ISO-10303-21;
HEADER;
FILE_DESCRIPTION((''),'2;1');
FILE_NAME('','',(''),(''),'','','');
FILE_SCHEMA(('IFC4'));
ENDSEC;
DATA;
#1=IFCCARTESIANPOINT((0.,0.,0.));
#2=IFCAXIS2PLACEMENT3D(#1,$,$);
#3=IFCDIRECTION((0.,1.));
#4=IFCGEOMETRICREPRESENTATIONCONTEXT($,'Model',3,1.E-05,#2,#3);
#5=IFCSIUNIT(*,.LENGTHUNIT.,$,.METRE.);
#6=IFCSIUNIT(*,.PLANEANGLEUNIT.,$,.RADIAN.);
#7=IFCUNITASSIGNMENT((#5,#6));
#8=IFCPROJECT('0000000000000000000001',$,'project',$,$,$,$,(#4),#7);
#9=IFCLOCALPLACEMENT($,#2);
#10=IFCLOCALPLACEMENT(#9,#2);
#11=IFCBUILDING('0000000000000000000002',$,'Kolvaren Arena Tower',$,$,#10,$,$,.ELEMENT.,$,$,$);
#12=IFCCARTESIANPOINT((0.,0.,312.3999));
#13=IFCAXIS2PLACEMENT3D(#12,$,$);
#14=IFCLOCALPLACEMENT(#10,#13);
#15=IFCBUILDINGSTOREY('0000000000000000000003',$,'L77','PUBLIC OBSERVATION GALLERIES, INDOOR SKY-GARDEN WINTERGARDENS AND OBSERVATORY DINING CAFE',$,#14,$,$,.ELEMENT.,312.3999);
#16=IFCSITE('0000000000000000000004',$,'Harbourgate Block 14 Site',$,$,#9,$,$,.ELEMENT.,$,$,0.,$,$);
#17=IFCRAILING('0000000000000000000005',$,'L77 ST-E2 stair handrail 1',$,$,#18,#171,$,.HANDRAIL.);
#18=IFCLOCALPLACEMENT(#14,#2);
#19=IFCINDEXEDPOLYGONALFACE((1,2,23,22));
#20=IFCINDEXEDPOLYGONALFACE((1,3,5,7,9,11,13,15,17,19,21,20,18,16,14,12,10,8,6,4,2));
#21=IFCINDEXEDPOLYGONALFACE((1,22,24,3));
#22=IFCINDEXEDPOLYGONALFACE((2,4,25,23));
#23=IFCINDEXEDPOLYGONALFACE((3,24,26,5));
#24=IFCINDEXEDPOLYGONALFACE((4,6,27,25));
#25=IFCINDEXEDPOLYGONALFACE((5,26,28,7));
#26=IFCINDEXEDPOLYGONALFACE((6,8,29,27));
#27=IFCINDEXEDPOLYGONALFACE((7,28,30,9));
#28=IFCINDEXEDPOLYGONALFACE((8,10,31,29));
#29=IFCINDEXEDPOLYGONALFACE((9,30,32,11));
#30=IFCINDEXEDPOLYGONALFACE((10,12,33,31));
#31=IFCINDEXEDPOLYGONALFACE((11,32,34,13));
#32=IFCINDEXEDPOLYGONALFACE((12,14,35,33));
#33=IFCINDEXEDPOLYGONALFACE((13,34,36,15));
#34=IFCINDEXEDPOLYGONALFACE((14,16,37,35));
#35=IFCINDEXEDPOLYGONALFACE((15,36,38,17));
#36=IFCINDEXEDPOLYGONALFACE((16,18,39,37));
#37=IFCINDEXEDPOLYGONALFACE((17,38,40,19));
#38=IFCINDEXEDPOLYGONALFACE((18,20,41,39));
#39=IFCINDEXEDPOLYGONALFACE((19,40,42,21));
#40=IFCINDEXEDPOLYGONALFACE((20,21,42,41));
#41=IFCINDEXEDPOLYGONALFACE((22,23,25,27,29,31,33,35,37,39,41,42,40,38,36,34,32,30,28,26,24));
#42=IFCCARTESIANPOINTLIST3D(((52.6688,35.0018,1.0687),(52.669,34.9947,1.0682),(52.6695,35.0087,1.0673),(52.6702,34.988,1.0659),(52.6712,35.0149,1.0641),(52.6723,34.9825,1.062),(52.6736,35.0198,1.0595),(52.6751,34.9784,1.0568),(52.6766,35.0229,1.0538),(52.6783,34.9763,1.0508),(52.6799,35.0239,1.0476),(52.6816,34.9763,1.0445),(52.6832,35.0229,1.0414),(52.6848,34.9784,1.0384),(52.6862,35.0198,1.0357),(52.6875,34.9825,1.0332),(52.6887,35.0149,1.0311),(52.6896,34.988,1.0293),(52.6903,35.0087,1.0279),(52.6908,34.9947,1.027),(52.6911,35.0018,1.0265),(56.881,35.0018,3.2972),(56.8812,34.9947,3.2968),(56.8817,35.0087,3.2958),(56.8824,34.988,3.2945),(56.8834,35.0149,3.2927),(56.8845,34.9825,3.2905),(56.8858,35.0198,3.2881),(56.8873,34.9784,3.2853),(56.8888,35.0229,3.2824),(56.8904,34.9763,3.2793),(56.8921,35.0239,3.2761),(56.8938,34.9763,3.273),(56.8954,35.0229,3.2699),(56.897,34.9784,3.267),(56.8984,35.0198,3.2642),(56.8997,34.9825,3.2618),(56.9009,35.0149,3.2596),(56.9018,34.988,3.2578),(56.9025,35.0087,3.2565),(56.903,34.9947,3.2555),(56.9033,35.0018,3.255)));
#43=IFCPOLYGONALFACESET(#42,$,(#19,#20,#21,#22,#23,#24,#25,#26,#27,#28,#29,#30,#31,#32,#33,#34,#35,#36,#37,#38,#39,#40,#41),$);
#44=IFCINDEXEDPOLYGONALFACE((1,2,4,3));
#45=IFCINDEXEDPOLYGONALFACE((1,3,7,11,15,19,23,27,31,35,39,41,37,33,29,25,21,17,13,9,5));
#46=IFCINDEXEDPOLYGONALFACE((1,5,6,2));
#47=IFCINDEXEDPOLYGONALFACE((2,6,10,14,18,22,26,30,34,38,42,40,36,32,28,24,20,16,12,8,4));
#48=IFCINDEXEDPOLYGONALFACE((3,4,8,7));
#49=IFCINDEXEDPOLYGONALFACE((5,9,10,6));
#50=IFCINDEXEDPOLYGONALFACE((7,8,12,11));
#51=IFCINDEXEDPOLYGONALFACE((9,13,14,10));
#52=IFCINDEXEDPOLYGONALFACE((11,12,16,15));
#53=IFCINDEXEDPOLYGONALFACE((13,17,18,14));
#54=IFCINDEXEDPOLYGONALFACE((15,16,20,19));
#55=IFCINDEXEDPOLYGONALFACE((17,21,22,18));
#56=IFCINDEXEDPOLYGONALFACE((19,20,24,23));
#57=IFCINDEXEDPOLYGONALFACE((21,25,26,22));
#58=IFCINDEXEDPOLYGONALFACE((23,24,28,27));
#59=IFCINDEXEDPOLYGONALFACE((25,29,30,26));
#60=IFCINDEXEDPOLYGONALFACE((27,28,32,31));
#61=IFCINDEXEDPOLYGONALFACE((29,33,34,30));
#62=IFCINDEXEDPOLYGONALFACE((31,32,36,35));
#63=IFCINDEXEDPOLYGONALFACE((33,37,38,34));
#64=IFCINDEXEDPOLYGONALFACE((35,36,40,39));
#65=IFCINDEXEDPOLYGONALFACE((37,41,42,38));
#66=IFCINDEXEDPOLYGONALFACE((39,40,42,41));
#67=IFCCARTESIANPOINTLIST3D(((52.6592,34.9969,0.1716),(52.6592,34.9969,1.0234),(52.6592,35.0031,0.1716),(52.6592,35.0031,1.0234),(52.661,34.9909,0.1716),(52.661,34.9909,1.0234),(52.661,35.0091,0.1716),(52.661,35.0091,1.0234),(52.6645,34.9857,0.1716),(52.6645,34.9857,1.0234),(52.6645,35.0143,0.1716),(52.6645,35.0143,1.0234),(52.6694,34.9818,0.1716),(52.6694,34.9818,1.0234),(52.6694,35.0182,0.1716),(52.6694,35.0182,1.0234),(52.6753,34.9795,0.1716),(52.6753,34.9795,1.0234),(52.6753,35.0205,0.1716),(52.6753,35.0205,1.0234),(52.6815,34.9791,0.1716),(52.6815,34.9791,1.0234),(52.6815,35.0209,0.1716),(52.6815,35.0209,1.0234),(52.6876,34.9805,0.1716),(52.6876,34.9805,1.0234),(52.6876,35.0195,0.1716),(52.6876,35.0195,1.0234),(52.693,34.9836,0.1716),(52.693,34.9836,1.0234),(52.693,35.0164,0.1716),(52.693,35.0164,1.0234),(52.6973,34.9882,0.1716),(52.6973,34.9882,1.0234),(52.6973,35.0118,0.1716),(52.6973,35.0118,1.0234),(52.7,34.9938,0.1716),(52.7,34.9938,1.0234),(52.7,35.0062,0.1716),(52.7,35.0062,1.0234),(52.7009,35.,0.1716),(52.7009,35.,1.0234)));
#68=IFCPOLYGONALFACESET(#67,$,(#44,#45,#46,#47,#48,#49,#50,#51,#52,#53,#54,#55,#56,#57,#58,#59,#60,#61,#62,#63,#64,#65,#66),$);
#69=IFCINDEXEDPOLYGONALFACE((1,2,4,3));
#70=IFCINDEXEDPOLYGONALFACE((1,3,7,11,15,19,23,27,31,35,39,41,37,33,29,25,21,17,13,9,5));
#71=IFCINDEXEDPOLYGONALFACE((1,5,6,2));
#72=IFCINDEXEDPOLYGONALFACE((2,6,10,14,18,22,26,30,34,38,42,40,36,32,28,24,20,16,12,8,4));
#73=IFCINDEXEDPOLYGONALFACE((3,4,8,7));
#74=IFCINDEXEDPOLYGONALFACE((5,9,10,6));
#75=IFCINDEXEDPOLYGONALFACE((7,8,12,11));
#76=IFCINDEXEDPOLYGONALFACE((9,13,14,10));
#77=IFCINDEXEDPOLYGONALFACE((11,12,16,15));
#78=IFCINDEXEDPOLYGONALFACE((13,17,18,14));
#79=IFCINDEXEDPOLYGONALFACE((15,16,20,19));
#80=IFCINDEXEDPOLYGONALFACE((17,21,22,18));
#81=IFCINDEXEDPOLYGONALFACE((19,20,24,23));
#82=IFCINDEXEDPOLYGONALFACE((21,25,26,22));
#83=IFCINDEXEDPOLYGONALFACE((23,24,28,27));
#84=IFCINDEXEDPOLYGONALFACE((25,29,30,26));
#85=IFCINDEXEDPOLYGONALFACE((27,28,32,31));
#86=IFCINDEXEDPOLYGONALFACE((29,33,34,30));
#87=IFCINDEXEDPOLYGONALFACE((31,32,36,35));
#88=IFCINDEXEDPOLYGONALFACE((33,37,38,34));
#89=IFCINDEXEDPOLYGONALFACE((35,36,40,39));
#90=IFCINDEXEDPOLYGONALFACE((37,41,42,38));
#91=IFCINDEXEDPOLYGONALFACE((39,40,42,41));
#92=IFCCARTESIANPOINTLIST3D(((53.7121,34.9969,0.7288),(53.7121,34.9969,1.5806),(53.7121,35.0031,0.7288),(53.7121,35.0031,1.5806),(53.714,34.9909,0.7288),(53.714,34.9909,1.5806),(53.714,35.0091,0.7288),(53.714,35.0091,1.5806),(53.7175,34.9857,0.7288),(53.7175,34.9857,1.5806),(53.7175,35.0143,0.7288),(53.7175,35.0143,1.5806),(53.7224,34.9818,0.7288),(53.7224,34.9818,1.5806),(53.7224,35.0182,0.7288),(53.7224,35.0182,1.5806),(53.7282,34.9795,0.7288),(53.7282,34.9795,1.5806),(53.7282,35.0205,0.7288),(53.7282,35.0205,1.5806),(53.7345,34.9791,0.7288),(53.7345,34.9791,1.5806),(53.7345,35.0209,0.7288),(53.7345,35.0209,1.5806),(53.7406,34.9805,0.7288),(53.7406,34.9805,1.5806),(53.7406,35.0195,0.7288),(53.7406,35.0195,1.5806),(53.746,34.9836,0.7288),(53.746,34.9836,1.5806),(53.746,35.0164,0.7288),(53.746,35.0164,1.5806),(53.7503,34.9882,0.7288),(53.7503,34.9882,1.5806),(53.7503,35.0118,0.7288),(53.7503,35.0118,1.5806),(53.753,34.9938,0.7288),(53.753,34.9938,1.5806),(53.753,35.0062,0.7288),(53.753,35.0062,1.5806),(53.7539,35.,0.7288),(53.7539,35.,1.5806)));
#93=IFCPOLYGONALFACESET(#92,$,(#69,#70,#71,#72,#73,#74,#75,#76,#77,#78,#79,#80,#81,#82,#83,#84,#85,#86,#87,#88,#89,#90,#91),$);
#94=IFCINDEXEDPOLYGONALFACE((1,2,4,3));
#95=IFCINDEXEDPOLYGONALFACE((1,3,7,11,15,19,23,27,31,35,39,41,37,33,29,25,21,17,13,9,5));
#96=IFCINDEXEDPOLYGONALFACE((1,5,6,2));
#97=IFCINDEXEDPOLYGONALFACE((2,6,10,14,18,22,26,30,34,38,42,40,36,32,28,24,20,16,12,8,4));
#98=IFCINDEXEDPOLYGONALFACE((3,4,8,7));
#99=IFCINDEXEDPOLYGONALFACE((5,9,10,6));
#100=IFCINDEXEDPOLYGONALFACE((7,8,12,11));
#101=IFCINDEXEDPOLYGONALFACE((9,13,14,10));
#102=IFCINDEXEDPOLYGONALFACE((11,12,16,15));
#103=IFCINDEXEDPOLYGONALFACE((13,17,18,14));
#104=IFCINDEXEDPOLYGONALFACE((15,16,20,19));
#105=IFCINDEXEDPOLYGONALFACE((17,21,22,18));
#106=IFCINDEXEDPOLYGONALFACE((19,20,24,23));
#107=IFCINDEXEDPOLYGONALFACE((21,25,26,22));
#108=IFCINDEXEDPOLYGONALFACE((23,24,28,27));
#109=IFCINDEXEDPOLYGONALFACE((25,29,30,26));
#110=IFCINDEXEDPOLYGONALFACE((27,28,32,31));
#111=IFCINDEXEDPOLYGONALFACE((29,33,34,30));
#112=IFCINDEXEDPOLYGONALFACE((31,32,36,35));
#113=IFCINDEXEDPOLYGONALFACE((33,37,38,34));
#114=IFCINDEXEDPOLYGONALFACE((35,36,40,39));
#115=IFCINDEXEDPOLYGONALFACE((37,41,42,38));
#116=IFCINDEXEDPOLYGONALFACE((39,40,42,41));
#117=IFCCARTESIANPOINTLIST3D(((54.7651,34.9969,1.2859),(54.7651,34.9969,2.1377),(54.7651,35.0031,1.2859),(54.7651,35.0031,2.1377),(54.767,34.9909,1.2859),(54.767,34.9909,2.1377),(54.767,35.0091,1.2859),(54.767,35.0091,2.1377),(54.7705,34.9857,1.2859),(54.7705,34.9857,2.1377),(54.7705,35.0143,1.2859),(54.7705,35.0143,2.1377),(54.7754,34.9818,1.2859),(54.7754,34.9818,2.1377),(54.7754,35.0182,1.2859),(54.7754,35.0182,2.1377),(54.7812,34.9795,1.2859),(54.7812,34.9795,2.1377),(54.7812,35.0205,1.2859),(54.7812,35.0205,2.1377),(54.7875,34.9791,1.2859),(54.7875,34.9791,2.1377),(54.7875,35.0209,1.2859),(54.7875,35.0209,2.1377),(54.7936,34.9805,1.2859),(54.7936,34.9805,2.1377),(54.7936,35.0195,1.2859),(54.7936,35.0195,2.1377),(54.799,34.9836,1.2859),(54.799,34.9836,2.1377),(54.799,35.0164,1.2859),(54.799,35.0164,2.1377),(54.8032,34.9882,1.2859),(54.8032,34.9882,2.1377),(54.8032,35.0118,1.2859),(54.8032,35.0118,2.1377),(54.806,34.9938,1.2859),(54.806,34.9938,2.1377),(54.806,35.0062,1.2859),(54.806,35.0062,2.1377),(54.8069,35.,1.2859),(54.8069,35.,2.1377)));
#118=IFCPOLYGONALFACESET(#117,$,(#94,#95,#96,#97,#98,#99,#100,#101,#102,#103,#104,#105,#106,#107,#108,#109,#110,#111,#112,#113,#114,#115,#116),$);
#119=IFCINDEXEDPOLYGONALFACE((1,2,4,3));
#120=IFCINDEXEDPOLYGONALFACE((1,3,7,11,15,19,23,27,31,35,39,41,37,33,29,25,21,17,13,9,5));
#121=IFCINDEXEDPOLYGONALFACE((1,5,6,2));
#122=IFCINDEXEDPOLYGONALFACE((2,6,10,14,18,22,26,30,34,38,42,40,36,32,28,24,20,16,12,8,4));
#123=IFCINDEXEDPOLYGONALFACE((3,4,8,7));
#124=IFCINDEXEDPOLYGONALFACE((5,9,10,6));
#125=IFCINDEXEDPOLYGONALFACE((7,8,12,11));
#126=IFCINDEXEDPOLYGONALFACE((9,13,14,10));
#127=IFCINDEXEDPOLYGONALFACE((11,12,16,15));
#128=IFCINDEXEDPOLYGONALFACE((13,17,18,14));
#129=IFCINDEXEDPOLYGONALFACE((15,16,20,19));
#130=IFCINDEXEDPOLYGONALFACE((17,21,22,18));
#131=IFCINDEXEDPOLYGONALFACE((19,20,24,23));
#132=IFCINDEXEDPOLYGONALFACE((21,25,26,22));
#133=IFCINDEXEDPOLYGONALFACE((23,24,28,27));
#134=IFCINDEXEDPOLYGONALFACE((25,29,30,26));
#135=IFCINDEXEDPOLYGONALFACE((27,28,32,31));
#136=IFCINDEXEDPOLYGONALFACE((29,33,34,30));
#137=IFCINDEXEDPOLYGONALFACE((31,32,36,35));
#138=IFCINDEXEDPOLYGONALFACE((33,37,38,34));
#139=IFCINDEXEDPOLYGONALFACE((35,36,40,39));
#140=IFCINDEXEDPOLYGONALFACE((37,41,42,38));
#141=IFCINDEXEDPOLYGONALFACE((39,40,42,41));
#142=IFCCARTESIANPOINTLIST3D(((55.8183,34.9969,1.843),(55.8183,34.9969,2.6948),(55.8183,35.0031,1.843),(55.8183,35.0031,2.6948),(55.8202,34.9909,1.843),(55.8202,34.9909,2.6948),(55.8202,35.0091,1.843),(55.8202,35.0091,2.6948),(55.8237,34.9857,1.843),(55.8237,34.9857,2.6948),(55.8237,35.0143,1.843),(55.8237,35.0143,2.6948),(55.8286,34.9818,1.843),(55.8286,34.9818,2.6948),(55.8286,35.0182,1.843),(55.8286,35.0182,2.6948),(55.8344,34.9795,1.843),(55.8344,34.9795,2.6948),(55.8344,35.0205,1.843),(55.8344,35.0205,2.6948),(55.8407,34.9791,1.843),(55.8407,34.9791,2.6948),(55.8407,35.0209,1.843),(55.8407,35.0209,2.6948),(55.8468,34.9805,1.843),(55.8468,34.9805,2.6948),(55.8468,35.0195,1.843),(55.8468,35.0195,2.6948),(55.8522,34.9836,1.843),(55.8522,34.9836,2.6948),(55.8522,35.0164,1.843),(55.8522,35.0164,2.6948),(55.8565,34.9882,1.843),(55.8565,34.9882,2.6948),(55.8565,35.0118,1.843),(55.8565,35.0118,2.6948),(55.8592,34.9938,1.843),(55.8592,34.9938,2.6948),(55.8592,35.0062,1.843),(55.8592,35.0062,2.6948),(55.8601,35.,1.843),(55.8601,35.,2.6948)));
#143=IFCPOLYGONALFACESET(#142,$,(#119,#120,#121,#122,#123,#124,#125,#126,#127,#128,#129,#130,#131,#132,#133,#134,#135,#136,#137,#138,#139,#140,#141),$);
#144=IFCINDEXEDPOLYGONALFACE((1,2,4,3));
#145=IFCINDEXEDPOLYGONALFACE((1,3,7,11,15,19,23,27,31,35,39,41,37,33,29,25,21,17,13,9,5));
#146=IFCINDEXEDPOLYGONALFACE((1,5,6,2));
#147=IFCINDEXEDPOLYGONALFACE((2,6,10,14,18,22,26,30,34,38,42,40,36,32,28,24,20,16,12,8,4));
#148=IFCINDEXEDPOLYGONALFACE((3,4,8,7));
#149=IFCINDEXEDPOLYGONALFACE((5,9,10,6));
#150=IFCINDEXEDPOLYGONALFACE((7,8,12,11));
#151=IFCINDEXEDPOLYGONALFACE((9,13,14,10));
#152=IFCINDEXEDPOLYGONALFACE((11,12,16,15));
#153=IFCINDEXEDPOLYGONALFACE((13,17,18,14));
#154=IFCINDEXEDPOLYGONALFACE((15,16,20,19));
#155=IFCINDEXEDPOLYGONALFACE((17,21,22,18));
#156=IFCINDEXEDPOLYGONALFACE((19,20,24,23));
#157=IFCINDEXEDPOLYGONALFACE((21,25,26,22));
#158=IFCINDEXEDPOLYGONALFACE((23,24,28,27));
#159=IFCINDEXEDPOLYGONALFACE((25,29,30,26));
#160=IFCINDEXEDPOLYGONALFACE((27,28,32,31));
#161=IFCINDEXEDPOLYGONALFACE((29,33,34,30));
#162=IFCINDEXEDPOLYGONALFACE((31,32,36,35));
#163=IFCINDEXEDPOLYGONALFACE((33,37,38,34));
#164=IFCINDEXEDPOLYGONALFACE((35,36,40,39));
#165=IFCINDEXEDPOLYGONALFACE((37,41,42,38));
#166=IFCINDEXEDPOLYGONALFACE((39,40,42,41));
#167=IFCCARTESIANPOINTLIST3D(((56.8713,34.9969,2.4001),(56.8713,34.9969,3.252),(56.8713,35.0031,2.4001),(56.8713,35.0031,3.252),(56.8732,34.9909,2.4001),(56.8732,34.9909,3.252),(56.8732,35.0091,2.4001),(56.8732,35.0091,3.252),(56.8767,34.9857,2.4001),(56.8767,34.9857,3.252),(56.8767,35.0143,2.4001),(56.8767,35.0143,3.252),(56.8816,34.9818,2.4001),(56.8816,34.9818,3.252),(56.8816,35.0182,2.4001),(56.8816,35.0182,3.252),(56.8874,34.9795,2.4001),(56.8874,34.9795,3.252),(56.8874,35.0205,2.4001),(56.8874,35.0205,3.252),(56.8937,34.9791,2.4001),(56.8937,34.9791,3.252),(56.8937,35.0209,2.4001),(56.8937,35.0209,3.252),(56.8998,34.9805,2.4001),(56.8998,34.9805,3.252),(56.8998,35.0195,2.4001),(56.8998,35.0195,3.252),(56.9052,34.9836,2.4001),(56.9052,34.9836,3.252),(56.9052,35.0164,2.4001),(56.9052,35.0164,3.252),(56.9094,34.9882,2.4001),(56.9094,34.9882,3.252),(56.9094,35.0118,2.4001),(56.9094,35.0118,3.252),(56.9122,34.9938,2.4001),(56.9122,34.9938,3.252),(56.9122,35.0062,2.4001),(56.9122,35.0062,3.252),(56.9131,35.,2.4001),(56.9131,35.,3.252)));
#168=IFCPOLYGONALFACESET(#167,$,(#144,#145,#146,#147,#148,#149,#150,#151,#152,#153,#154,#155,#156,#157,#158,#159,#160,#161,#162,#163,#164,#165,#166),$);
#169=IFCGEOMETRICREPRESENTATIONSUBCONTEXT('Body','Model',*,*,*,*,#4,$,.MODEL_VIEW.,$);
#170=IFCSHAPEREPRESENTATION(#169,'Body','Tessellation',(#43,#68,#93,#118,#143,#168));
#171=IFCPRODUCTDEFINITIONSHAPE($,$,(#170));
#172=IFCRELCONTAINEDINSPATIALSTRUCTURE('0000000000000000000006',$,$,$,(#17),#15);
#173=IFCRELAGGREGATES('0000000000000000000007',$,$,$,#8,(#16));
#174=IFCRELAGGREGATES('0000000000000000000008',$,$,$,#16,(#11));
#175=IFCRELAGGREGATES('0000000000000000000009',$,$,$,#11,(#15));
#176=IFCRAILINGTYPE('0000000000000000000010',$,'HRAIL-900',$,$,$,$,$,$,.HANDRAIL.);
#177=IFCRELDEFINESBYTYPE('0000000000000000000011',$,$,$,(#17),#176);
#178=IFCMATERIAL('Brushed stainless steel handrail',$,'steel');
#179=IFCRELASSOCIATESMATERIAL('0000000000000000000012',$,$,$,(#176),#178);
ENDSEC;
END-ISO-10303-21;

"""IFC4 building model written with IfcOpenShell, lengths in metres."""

from ifc_helpers import new_model, si_unit, direction, frame, origin, origin_2d, place, context, subcontext, project, spatial, circle, extrude, material, type_object, element, save


model = new_model("IFC4")

# Units and contexts
model_context = context("Model", 3, precision=1e-05, world=origin(), true_north=direction((0.0, 1.0)))
body_context = subcontext(model_context, "Body", "Model", "MODEL_VIEW")
ifc_project = project(units=[si_unit("LENGTHUNIT", "METRE"), si_unit("PLANEANGLEUNIT", "RADIAN")], contexts=[model_context])

# Site, building, storey
site_placement = place(None, origin())
site = spatial("IfcSite", under=ifc_project, at=site_placement, Name="Harbourgate Block 14 Site", CompositionType="ELEMENT", RefElevation=0.0)
building_placement = place(site_placement, origin())
building = spatial("IfcBuilding", under=site, at=building_placement, Name="Kolvaren Arena Tower", CompositionType="ELEMENT")
storey_placement = place(building_placement, frame((0.0, 0.0, 312.3999)))
storey = spatial("IfcBuildingStorey", under=building, at=storey_placement, Name="L77", Description="PUBLIC OBSERVATION GALLERIES, INDOOR SKY-GARDEN WINTERGARDENS AND OBSERVATORY DINING CAFE", CompositionType="ELEMENT", Elevation=312.3999)

# Railing
ifc_material_1 = material(Name="Brushed stainless steel handrail", Category="steel")
railing_type_1 = type_object("IfcRailingType", Name="HRAIL-900", PredefinedType="HANDRAIL", material=ifc_material_1)
railing_placement = place(storey_placement, frame((52.6799, 35.0, 0.1716)))
element("IfcRailing", 1, at=railing_placement, inside=storey, type_object=railing_type_1, Name="L77 ST-E2 stair handrail 1", PredefinedType="HANDRAIL", context=body_context, shape_type="SweptSolid", body=[
    extrude(circle(Radius=0.0239, at=origin_2d()), frame((0.0, 0.0, 0.876), z_axis=(0.883914, 0.0, 0.46765), x_axis=(0.0, 1.0, 0.0)), (0.0, 0.0, 1.0), 4.7654),
    extrude(circle(Radius=0.021, at=origin_2d()), origin(), (0.0, 0.0, 1.0), 0.8518),
    extrude(circle(Radius=0.021, at=origin_2d()), frame((1.053, 0.0, 0.5571)), (0.0, 0.0, 1.0), 0.8518),
    extrude(circle(Radius=0.021, at=origin_2d()), frame((2.106, 0.0, 1.1143)), (0.0, 0.0, 1.0), 0.8518),
    extrude(circle(Radius=0.021, at=origin_2d()), frame((3.1592, 0.0, 1.6714)), (0.0, 0.0, 1.0), 0.8518),
    extrude(circle(Radius=0.021, at=origin_2d()), frame((4.2122, 0.0, 2.2285)), (0.0, 0.0, 1.0), 0.8518),
])

save(model, "model.ifc")
